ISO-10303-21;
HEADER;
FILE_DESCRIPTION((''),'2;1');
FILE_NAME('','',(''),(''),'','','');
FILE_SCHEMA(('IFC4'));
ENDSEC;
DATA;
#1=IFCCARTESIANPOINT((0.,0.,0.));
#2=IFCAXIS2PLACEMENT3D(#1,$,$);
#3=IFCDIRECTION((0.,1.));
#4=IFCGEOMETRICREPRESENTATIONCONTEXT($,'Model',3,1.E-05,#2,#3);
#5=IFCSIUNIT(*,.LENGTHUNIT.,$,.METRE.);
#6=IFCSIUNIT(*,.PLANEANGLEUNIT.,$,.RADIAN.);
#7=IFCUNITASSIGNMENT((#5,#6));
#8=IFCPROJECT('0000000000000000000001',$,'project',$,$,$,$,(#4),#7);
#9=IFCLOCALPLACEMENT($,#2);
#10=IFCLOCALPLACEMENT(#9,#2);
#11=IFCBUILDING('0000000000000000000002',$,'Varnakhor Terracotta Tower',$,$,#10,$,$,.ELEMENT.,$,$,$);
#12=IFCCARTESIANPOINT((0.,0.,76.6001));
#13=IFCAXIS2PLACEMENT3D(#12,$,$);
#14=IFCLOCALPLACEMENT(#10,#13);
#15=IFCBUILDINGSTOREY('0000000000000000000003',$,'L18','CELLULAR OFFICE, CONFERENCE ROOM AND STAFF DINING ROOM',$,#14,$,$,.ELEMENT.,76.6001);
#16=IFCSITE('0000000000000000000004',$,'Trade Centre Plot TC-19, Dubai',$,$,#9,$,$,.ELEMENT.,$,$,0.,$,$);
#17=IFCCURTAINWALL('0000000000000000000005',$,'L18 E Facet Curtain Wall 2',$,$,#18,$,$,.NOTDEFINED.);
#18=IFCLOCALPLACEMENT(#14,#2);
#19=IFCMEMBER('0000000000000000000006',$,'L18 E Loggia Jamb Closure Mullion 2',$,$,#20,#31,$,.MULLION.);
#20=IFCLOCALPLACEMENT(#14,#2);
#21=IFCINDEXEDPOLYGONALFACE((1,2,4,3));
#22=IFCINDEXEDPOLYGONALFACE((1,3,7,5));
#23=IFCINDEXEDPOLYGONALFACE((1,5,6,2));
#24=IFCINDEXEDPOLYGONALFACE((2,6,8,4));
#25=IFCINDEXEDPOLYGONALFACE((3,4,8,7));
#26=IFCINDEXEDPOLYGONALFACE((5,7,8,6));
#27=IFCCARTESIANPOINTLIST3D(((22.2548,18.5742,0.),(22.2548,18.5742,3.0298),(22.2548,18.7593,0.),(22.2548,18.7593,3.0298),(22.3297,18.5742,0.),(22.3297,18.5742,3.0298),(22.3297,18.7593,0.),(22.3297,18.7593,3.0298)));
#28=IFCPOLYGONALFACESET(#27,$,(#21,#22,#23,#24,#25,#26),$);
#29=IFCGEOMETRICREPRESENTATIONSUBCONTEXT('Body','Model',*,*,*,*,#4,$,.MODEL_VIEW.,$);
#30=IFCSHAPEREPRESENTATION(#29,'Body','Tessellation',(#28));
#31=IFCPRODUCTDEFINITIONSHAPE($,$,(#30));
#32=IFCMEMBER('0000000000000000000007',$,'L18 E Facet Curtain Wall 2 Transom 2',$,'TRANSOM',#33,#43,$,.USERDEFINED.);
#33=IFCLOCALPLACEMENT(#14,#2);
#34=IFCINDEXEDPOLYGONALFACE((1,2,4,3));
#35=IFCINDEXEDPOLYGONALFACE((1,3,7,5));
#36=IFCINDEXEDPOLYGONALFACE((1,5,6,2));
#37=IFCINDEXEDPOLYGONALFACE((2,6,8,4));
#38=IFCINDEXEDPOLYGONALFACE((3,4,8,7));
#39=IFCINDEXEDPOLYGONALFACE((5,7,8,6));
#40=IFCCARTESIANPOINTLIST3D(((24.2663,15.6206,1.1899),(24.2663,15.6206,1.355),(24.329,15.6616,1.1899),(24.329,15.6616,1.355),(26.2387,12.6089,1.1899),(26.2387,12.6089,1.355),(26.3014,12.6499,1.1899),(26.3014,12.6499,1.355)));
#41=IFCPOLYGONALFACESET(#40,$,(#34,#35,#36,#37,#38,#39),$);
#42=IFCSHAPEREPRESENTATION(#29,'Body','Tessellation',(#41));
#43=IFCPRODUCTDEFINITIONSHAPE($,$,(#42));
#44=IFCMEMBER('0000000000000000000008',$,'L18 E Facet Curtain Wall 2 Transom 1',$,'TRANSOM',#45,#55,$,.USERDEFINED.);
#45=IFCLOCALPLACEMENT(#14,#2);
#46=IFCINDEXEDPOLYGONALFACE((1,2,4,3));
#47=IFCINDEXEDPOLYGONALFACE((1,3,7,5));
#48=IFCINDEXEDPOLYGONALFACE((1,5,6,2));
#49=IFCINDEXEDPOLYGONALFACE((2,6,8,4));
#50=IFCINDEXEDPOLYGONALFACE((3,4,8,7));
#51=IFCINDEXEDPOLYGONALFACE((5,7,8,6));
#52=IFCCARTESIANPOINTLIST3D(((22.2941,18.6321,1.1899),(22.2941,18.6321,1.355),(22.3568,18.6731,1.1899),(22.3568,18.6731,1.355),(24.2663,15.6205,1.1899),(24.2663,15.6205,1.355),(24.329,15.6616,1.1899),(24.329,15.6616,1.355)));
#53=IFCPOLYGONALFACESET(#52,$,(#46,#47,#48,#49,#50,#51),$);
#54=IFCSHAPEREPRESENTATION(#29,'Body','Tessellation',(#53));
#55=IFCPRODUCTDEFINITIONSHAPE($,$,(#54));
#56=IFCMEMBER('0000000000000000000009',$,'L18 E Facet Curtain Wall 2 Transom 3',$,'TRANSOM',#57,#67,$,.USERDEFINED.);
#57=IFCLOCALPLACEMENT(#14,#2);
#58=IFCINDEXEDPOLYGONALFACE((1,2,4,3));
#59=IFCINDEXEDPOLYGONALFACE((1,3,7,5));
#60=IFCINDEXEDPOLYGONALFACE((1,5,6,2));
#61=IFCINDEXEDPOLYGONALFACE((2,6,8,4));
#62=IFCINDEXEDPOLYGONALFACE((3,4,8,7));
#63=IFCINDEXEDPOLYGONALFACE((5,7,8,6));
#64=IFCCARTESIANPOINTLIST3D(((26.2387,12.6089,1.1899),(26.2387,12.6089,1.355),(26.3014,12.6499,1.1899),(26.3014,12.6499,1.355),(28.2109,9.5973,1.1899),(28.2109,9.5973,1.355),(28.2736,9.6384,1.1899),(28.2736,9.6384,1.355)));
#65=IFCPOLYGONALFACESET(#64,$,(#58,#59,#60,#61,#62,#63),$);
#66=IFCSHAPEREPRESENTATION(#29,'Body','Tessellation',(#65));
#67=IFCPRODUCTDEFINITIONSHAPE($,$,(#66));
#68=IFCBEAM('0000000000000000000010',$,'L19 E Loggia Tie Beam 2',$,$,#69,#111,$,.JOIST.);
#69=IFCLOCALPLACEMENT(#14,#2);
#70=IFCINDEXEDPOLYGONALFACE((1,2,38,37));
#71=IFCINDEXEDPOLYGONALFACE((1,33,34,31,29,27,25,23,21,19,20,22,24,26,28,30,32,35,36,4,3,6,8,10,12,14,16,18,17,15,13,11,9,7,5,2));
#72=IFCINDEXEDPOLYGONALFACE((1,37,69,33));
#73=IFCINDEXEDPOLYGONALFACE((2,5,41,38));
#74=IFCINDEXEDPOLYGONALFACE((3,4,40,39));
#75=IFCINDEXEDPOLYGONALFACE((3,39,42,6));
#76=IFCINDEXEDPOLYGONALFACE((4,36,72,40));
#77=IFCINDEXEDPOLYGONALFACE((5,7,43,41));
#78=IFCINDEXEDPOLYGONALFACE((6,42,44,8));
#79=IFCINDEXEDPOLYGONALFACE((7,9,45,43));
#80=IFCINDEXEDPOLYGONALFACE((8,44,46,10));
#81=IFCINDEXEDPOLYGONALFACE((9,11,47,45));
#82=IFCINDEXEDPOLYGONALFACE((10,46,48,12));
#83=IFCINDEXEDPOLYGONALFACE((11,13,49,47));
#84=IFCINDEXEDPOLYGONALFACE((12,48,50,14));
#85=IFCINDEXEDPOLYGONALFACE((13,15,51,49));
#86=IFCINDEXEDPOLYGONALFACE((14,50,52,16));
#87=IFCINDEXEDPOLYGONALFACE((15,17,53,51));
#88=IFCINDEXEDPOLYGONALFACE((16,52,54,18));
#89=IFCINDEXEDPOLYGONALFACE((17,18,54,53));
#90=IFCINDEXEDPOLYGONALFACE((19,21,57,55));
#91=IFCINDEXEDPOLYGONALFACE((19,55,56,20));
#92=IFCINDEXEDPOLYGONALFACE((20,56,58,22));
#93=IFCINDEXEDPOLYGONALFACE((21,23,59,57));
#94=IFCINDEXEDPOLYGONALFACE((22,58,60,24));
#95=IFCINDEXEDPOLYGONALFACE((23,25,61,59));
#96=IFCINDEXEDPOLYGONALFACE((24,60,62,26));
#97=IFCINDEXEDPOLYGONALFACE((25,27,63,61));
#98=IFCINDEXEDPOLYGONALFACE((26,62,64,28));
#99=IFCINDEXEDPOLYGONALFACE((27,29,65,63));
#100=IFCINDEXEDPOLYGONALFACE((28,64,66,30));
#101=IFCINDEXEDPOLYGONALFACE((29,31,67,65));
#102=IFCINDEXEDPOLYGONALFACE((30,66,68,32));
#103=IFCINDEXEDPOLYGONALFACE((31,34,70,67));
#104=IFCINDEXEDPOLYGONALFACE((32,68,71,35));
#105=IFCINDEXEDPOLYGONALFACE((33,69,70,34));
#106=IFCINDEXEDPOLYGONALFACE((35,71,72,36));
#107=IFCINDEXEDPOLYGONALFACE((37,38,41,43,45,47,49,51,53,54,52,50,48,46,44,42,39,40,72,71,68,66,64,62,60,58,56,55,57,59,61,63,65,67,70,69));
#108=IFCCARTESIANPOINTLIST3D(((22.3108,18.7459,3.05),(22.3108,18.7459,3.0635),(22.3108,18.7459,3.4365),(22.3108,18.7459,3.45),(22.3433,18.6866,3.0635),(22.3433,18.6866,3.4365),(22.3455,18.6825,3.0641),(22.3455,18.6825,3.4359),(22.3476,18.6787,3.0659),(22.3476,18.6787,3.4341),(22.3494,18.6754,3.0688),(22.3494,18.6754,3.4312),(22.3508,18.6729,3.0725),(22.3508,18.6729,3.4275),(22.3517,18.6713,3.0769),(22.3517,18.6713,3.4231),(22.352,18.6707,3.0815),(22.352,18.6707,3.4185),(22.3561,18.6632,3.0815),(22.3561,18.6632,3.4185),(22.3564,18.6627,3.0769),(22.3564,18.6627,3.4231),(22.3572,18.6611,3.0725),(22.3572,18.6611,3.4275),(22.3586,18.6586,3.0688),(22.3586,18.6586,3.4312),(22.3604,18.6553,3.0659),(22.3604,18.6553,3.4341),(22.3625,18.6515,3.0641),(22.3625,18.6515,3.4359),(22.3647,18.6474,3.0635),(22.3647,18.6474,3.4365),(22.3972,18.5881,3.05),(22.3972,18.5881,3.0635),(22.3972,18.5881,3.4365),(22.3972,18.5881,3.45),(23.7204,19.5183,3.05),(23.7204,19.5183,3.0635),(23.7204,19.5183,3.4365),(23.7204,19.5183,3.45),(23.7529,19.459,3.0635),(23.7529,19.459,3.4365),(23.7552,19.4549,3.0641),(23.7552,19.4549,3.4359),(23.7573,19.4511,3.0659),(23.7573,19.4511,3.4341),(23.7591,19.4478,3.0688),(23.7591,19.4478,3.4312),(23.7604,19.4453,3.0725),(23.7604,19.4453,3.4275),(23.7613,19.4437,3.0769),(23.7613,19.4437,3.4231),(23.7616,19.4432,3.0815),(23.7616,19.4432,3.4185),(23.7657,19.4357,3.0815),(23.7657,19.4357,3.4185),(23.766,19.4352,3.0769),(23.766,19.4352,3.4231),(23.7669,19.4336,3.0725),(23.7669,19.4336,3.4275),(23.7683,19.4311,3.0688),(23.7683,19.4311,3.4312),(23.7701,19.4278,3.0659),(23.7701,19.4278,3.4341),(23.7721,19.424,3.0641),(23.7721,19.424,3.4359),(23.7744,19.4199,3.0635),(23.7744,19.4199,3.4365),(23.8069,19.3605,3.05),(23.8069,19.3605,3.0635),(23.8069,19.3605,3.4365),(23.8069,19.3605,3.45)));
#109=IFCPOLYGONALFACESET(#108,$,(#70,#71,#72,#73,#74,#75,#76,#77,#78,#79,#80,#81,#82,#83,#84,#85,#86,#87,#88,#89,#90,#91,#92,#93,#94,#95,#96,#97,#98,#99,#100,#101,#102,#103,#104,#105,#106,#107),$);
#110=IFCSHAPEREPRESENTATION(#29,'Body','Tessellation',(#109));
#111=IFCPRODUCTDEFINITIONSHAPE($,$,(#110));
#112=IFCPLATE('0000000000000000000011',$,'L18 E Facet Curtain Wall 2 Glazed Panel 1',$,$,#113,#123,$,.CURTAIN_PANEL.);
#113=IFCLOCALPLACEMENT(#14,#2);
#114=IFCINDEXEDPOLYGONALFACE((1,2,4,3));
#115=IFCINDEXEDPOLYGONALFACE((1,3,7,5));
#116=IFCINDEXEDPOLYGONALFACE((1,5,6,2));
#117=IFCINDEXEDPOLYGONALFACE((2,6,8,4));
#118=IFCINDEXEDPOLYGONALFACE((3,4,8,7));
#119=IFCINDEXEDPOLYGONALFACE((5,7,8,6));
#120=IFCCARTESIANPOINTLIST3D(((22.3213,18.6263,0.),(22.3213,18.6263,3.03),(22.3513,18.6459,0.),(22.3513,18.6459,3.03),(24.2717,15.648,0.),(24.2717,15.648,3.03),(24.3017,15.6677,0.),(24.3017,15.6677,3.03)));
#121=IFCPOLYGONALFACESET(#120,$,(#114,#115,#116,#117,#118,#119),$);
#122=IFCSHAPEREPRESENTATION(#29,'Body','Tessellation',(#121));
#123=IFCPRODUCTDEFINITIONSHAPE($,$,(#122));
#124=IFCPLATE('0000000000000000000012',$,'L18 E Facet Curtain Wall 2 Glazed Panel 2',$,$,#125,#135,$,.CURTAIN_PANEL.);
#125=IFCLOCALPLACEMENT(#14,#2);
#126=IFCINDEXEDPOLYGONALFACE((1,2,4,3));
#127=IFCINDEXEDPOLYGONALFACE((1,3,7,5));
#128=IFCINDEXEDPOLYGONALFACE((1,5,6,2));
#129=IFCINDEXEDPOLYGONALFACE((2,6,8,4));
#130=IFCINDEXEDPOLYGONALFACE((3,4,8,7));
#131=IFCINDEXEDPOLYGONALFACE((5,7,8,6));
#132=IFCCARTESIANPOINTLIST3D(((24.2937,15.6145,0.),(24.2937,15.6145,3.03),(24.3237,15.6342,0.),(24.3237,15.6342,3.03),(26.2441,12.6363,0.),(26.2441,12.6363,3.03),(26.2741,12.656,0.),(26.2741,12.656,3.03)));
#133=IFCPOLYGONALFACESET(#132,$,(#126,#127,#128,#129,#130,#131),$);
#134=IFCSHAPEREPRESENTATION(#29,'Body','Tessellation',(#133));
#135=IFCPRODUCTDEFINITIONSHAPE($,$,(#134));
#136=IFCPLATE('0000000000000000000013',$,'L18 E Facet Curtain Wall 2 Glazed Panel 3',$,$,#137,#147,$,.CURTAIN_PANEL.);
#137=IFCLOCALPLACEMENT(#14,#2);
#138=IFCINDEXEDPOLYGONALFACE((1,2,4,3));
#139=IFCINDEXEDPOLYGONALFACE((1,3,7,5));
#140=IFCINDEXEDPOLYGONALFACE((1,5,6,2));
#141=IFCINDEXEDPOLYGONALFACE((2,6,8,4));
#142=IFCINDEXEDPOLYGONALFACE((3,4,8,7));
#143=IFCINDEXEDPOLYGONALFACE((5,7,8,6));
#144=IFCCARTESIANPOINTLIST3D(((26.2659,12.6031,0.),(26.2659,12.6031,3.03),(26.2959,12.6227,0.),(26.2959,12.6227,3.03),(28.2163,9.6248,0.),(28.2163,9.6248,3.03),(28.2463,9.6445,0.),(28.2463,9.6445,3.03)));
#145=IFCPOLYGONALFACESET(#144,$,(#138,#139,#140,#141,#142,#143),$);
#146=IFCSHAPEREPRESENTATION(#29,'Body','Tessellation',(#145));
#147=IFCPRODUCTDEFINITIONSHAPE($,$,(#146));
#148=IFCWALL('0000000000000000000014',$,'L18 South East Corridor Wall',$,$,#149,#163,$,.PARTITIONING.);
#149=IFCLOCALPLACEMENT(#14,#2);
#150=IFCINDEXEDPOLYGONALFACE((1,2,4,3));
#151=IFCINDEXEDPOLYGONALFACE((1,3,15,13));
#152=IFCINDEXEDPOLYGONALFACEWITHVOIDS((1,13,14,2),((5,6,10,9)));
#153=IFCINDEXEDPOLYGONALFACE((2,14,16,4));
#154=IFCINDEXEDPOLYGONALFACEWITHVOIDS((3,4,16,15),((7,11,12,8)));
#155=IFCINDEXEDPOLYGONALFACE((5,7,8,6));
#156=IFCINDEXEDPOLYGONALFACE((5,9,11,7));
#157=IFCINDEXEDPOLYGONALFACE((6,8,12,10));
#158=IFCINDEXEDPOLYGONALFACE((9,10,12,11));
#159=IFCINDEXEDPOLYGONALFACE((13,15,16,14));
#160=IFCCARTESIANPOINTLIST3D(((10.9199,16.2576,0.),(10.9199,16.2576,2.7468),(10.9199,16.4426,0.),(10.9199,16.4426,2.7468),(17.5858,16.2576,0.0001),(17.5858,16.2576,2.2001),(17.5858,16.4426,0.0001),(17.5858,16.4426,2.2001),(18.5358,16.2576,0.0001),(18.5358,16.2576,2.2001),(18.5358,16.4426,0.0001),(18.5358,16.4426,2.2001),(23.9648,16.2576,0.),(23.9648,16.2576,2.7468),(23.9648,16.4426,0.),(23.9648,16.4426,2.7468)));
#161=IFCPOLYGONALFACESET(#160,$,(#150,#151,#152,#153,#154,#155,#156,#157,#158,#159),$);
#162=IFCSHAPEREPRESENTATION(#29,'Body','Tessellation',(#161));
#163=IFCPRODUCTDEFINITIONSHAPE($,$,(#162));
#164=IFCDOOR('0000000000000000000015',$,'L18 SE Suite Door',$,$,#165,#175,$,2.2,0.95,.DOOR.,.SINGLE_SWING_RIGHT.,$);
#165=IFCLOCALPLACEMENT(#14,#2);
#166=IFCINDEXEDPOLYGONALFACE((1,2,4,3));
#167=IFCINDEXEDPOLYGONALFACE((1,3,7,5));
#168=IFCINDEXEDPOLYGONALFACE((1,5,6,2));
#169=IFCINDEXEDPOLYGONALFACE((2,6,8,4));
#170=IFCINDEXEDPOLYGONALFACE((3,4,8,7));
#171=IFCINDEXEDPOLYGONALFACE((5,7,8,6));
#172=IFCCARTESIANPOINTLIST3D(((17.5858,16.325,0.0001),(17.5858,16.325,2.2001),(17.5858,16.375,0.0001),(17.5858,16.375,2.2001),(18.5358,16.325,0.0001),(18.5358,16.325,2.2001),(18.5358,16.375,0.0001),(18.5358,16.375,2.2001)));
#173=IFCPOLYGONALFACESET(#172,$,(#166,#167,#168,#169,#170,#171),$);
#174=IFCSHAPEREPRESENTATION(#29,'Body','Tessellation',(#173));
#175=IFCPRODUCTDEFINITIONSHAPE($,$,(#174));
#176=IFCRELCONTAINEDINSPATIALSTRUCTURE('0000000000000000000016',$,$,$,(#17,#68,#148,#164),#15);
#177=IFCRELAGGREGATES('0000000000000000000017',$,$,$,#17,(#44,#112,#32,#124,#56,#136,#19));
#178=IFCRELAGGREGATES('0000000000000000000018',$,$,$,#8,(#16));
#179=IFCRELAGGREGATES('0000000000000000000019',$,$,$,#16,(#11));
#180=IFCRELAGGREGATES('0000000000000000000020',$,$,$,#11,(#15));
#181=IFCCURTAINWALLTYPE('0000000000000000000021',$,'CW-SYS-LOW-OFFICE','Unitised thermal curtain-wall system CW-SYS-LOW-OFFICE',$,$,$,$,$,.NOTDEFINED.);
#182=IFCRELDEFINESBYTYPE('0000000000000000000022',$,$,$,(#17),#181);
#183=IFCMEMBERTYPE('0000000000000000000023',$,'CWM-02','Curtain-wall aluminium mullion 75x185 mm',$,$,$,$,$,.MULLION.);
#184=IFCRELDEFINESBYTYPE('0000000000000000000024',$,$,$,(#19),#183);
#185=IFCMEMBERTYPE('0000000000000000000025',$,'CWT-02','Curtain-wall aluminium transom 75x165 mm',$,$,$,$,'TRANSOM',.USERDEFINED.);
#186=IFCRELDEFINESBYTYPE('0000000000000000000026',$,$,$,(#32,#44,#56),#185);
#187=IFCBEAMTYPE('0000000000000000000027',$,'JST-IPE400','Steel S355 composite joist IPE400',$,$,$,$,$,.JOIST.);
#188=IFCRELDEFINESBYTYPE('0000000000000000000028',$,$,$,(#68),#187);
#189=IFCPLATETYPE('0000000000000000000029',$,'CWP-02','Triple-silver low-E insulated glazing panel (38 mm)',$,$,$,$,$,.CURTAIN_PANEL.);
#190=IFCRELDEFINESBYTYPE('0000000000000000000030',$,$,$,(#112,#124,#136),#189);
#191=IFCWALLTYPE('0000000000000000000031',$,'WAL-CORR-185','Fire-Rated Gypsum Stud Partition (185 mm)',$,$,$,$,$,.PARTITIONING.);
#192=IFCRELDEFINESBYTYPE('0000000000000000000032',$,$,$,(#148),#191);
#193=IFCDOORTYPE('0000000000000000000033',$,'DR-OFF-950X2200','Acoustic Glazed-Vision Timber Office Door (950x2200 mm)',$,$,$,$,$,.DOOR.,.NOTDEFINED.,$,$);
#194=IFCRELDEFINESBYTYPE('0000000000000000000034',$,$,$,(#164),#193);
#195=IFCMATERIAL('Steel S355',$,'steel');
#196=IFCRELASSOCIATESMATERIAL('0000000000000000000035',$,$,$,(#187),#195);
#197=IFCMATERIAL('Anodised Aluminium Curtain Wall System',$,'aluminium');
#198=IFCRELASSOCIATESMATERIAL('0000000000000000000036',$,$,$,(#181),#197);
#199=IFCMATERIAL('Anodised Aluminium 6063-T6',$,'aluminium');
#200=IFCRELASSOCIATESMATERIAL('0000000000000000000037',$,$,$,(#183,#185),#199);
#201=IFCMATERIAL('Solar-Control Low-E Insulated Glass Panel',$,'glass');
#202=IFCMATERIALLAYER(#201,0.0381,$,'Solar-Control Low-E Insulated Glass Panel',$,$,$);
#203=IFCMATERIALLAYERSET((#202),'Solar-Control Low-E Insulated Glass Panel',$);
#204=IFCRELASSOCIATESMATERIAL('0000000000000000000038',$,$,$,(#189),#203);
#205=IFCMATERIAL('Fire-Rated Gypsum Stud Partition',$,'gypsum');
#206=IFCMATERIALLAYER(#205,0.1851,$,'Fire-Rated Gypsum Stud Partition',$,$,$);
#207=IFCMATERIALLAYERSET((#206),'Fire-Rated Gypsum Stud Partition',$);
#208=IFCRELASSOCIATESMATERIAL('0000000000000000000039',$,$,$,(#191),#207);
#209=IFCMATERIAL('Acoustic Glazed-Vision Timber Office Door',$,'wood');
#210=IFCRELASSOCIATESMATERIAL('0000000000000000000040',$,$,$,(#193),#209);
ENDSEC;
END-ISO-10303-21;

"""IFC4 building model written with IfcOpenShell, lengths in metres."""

from ifc_helpers import new_model, si_unit, direction, frame, frame_2d, origin, origin_2d, place, context, subcontext, project, spatial, rectangle, i_section, extrude, source, transform, mapped, material, layer, layer_set, material_profile, profile_set, type_object, type_shapes, element, fill, aggregate, save


model = new_model("IFC4")

# Units and contexts
model_context = context("Model", 3, precision=1e-05, world=origin(), true_north=direction((0.0, 1.0)))
body_context = subcontext(model_context, "Body", "Model", "MODEL_VIEW")
ifc_project = project(units=[si_unit("LENGTHUNIT", "METRE"), si_unit("PLANEANGLEUNIT", "RADIAN")], contexts=[model_context])

# Site, building, storey
site_placement = place(None, origin())
site = spatial("IfcSite", under=ifc_project, at=site_placement, Name="Trade Centre Plot TC-19, Dubai", CompositionType="ELEMENT", RefElevation=0.0)
building_placement = place(site_placement, origin())
building = spatial("IfcBuilding", under=site, at=building_placement, Name="Varnakhor Terracotta Tower", CompositionType="ELEMENT")
storey_placement = place(building_placement, frame((0.0, 0.0, 76.6001)))
storey = spatial("IfcBuildingStorey", under=building, at=storey_placement, Name="L18", Description="CELLULAR OFFICE, CONFERENCE ROOM AND STAFF DINING ROOM", CompositionType="ELEMENT", Elevation=76.6001)

# Shared definitions
ifc_material_1 = material(Name="Steel S355", Category="steel")
ifc_material_profile_1 = material_profile(ifc_material_1, i_section(OverallWidth=0.1799, OverallDepth=0.3999, WebThickness=0.0085, FlangeThickness=0.0134, FilletRadius=0.0181, at=origin_2d()), Name="IPE400")
ifc_profile_set_1 = profile_set([ifc_material_profile_1], Name="Steel S355")
beam_type_1 = type_object("IfcBeamType", Name="JST-IPE400", Description="Steel S355 composite joist IPE400", PredefinedType="JOIST", material=ifc_profile_set_1)

# Curtain wall, members
ifc_material_2 = material(Name="Anodised Aluminium Curtain Wall System", Category="aluminium")
curtain_wall_type = type_object("IfcCurtainWallType", Name="CW-SYS-LOW-OFFICE", Description="Unitised thermal curtain-wall system CW-SYS-LOW-OFFICE", PredefinedType="NOTDEFINED", material=ifc_material_2)
curtain_wall_placement = place(storey_placement, origin())
curtain_wall = element("IfcCurtainWall", 1, at=curtain_wall_placement, inside=storey, type_object=curtain_wall_type, Name="L18 E Facet Curtain Wall 2", PredefinedType="NOTDEFINED")
ifc_material_3 = material(Name="Anodised Aluminium 6063-T6", Category="aluminium")
ifc_material_profile_2 = material_profile(ifc_material_3, rectangle(XDim=0.075, YDim=0.1851, at=origin_2d()), Name="ALU MULLION 75x185")
ifc_profile_set_2 = profile_set([ifc_material_profile_2], Name="Anodised Aluminium 6063-T6")
member_type_1 = type_object("IfcMemberType", Name="CWM-02", Description="Curtain-wall aluminium mullion 75x185 mm", PredefinedType="MULLION", material=ifc_profile_set_2)
shared_shape_1 = source(origin(), body_context, "Body", "SweptSolid", [
    extrude(rectangle(XDim=0.075, YDim=0.1851, at=origin_2d()), origin(), (0.0, 0.0, 1.0), 3.0298),
])
member_1_placement = place(storey_placement, frame((22.2922, 18.6667, 0.0), z_axis=(0.0, 0.0, 1.0), x_axis=(1.0, 0.0, 0.0)))
member_1 = element("IfcMember", 2, at=member_1_placement, type_object=member_type_1, Name="L18 E Loggia Jamb Closure Mullion 2", PredefinedType="MULLION", context=body_context, shape_type="MappedRepresentation", body=[
    mapped(shared_shape_1, transform((0.0, 0.0, 0.0), scale=1.0)),
])
ifc_material_profile_3 = material_profile(ifc_material_3, rectangle(XDim=0.075, YDim=0.165, at=origin_2d()), Name="ALU TRANSOM 75x165")
ifc_profile_set_3 = profile_set([ifc_material_profile_3], Name="Anodised Aluminium 6063-T6")
member_type_2 = type_object("IfcMemberType", Name="CWT-02", Description="Curtain-wall aluminium transom 75x165 mm", ElementType="TRANSOM", PredefinedType="USERDEFINED", material=ifc_profile_set_3)
shared_shape_2 = source(origin(), body_context, "Body", "SweptSolid", [
    extrude(rectangle(XDim=0.075, YDim=0.165, at=origin_2d()), origin(), (0.0, 0.0, 1.0), 3.6001),
])
member_2_placement = place(storey_placement, frame((24.2976, 15.6411, 1.2725), z_axis=(0.547874, -0.836561, 0.0), x_axis=(0.836561, 0.547874, 0.0)))
member_2 = element("IfcMember", 3, at=member_2_placement, type_object=member_type_2, Name="L18 E Facet Curtain Wall 2 Transom 2", ObjectType="TRANSOM", PredefinedType="USERDEFINED", context=body_context, shape_type="MappedRepresentation", body=[
    mapped(shared_shape_2, transform((0.0, 0.0, 0.0), scale=1.0)),
])
shared_shape_3 = source(origin(), body_context, "Body", "SweptSolid", [
    extrude(rectangle(XDim=0.075, YDim=0.165, at=origin_2d()), origin(), (0.0, 0.0, 1.0), 3.5999),
])
member_3_placement = place(storey_placement, frame((22.3254, 18.6526, 1.2725), z_axis=(0.547858, -0.836572, 0.0), x_axis=(0.836572, 0.547858, 0.0)))
member_3 = element("IfcMember", 4, at=member_3_placement, type_object=member_type_2, Name="L18 E Facet Curtain Wall 2 Transom 1", ObjectType="TRANSOM", PredefinedType="USERDEFINED", context=body_context, shape_type="MappedRepresentation", body=[
    mapped(shared_shape_3, transform((0.0, 0.0, 0.0), scale=1.0)),
])
member_4_placement = place(storey_placement, frame((26.27, 12.6294, 1.2725), z_axis=(0.547858, -0.836572, 0.0), x_axis=(0.836572, 0.547858, 0.0)))
member_4 = element("IfcMember", 5, at=member_4_placement, type_object=member_type_2, Name="L18 E Facet Curtain Wall 2 Transom 3", ObjectType="TRANSOM", PredefinedType="USERDEFINED", context=body_context, shape_type="MappedRepresentation", body=[
    mapped(shared_shape_3, transform((0.0, 0.0, 0.0), scale=1.0)),
])

# Beam
shared_shape_4 = source(origin(), body_context, "Body", "SweptSolid", [
    extrude(i_section(OverallWidth=0.1799, OverallDepth=0.3999, WebThickness=0.0085, FlangeThickness=0.0134, FilletRadius=0.0181, at=origin_2d()), origin(), (0.0, 0.0, 1.0), 1.6074),
])
beam_1_placement = place(storey_placement, frame((22.354, 18.667, 3.25), z_axis=(0.876965, 0.480554, 0.0), x_axis=(-0.480554, 0.876965, 0.0)))
element("IfcBeam", 6, at=beam_1_placement, inside=storey, type_object=beam_type_1, Name="L19 E Loggia Tie Beam 2", PredefinedType="JOIST", context=body_context, shape_type="MappedRepresentation", body=[
    mapped(shared_shape_4, transform((0.0, 0.0, 0.0), scale=1.0)),
])

# Plates
ifc_material_4 = material(Name="Solar-Control Low-E Insulated Glass Panel", Category="glass")
ifc_layer_1 = layer(ifc_material_4, 0.0381, Name="Solar-Control Low-E Insulated Glass Panel")
ifc_layer_set_1 = layer_set([ifc_layer_1], Name="Solar-Control Low-E Insulated Glass Panel")
plate_type = type_object("IfcPlateType", Name="CWP-02", Description="Triple-silver low-E insulated glazing panel (38 mm)", PredefinedType="CURTAIN_PANEL", material=ifc_layer_set_1)
shared_shape_5 = source(origin(), body_context, "Body", "SweptSolid", [
    extrude(rectangle(XDim=3.5601, YDim=0.0359, at=origin_2d()), origin(), (0.0, 0.0, 1.0), 3.03),
])
plate_1_placement = place(storey_placement, frame((23.3115, 17.147, 0.0), z_axis=(0.0, 0.0, 1.0), x_axis=(0.547855, -0.836573, 0.0)))
plate_1 = element("IfcPlate", 7, at=plate_1_placement, type_object=plate_type, Name="L18 E Facet Curtain Wall 2 Glazed Panel 1", PredefinedType="CURTAIN_PANEL", context=body_context, shape_type="MappedRepresentation", body=[
    mapped(shared_shape_5, transform((0.0, 0.0, 0.0), scale=1.0)),
])
plate_2_placement = place(storey_placement, frame((25.2839, 14.1353, 0.0), z_axis=(0.0, 0.0, 1.0), x_axis=(0.547855, -0.836573, 0.0)))
plate_2 = element("IfcPlate", 8, at=plate_2_placement, type_object=plate_type, Name="L18 E Facet Curtain Wall 2 Glazed Panel 2", PredefinedType="CURTAIN_PANEL", context=body_context, shape_type="MappedRepresentation", body=[
    mapped(shared_shape_5, transform((0.0, 0.0, 0.0), scale=1.0)),
])
plate_3_placement = place(storey_placement, frame((27.2561, 11.1238, 0.0), z_axis=(0.0, 0.0, 1.0), x_axis=(0.547855, -0.836573, 0.0)))
plate_3 = element("IfcPlate", 9, at=plate_3_placement, type_object=plate_type, Name="L18 E Facet Curtain Wall 2 Glazed Panel 3", PredefinedType="CURTAIN_PANEL", context=body_context, shape_type="MappedRepresentation", body=[
    mapped(shared_shape_5, transform((0.0, 0.0, 0.0), scale=1.0)),
])
aggregate(curtain_wall, [member_3, plate_1, member_2, plate_2, member_4, plate_3, member_1])

# Wall, opening, door
ifc_material_5 = material(Name="Fire-Rated Gypsum Stud Partition", Category="gypsum")
ifc_layer_2 = layer(ifc_material_5, 0.1851, Name="Fire-Rated Gypsum Stud Partition")
ifc_layer_set_2 = layer_set([ifc_layer_2], Name="Fire-Rated Gypsum Stud Partition")
wall_type = type_object("IfcWallType", Name="WAL-CORR-185", Description="Fire-Rated Gypsum Stud Partition (185 mm)", PredefinedType="PARTITIONING", material=ifc_layer_set_2)
wall_placement = place(storey_placement, frame((10.9199, 16.3501, 0.0), z_axis=(0.0, 0.0, 1.0), x_axis=(1.0, 0.0, 0.0)))
wall = element("IfcWall", 10, at=wall_placement, inside=storey, type_object=wall_type, Name="L18 South East Corridor Wall", PredefinedType="PARTITIONING", context=body_context, shape_type="SweptSolid", body=[
    extrude(rectangle(XDim=13.0449, YDim=0.1851, at=frame_2d((6.5225, 0.0))), origin(), (0.0, 0.0, 1.0), 2.7468),
])
opening_placement = place(wall_placement, frame((6.6658, 0.0, 0.0)))
opening = element("IfcOpeningElement", 11, at=opening_placement, cuts=wall, PredefinedType="OPENING", context=body_context, shape_type="SweptSolid", body=[
    extrude(rectangle(XDim=0.95, YDim=2.2, at=frame_2d((0.4751, 1.1001))), frame((0.0, 0.1025, 0.0), z_axis=(0.0, -1.0, 0.0), x_axis=(1.0, 0.0, 0.0)), (0.0, 0.0, 1.0), 0.2051),
])
ifc_material_6 = material(Name="Acoustic Glazed-Vision Timber Office Door", Category="wood")
door_type = type_object("IfcDoorType", Name="DR-OFF-950X2200", Description="Acoustic Glazed-Vision Timber Office Door (950x2200 mm)", OperationType="NOTDEFINED", PredefinedType="DOOR", material=ifc_material_6)
shared_shape_6 = source(origin(), body_context, "Body", "SweptSolid", [
    extrude(rectangle(XDim=0.95, YDim=2.2, at=frame_2d((0.4751, 1.1001))), frame((0.0, 0.0249, 0.0), z_axis=(0.0, -1.0, 0.0), x_axis=(1.0, 0.0, 0.0)), (0.0, 0.0, 1.0), 0.05),
])
type_shapes(door_type, [shared_shape_6])
door_placement = place(opening_placement, origin())
door = element("IfcDoor", 12, at=door_placement, inside=storey, type_object=door_type, Name="L18 SE Suite Door", OperationType="SINGLE_SWING_RIGHT", OverallHeight=2.2, OverallWidth=0.95, PredefinedType="DOOR", context=body_context, shape_type="MappedRepresentation", body=[
    mapped(shared_shape_6, transform((0.0, 0.0, 0.0), scale=1.0)),
])
fill(opening, door)

save(model, "model.ifc")
